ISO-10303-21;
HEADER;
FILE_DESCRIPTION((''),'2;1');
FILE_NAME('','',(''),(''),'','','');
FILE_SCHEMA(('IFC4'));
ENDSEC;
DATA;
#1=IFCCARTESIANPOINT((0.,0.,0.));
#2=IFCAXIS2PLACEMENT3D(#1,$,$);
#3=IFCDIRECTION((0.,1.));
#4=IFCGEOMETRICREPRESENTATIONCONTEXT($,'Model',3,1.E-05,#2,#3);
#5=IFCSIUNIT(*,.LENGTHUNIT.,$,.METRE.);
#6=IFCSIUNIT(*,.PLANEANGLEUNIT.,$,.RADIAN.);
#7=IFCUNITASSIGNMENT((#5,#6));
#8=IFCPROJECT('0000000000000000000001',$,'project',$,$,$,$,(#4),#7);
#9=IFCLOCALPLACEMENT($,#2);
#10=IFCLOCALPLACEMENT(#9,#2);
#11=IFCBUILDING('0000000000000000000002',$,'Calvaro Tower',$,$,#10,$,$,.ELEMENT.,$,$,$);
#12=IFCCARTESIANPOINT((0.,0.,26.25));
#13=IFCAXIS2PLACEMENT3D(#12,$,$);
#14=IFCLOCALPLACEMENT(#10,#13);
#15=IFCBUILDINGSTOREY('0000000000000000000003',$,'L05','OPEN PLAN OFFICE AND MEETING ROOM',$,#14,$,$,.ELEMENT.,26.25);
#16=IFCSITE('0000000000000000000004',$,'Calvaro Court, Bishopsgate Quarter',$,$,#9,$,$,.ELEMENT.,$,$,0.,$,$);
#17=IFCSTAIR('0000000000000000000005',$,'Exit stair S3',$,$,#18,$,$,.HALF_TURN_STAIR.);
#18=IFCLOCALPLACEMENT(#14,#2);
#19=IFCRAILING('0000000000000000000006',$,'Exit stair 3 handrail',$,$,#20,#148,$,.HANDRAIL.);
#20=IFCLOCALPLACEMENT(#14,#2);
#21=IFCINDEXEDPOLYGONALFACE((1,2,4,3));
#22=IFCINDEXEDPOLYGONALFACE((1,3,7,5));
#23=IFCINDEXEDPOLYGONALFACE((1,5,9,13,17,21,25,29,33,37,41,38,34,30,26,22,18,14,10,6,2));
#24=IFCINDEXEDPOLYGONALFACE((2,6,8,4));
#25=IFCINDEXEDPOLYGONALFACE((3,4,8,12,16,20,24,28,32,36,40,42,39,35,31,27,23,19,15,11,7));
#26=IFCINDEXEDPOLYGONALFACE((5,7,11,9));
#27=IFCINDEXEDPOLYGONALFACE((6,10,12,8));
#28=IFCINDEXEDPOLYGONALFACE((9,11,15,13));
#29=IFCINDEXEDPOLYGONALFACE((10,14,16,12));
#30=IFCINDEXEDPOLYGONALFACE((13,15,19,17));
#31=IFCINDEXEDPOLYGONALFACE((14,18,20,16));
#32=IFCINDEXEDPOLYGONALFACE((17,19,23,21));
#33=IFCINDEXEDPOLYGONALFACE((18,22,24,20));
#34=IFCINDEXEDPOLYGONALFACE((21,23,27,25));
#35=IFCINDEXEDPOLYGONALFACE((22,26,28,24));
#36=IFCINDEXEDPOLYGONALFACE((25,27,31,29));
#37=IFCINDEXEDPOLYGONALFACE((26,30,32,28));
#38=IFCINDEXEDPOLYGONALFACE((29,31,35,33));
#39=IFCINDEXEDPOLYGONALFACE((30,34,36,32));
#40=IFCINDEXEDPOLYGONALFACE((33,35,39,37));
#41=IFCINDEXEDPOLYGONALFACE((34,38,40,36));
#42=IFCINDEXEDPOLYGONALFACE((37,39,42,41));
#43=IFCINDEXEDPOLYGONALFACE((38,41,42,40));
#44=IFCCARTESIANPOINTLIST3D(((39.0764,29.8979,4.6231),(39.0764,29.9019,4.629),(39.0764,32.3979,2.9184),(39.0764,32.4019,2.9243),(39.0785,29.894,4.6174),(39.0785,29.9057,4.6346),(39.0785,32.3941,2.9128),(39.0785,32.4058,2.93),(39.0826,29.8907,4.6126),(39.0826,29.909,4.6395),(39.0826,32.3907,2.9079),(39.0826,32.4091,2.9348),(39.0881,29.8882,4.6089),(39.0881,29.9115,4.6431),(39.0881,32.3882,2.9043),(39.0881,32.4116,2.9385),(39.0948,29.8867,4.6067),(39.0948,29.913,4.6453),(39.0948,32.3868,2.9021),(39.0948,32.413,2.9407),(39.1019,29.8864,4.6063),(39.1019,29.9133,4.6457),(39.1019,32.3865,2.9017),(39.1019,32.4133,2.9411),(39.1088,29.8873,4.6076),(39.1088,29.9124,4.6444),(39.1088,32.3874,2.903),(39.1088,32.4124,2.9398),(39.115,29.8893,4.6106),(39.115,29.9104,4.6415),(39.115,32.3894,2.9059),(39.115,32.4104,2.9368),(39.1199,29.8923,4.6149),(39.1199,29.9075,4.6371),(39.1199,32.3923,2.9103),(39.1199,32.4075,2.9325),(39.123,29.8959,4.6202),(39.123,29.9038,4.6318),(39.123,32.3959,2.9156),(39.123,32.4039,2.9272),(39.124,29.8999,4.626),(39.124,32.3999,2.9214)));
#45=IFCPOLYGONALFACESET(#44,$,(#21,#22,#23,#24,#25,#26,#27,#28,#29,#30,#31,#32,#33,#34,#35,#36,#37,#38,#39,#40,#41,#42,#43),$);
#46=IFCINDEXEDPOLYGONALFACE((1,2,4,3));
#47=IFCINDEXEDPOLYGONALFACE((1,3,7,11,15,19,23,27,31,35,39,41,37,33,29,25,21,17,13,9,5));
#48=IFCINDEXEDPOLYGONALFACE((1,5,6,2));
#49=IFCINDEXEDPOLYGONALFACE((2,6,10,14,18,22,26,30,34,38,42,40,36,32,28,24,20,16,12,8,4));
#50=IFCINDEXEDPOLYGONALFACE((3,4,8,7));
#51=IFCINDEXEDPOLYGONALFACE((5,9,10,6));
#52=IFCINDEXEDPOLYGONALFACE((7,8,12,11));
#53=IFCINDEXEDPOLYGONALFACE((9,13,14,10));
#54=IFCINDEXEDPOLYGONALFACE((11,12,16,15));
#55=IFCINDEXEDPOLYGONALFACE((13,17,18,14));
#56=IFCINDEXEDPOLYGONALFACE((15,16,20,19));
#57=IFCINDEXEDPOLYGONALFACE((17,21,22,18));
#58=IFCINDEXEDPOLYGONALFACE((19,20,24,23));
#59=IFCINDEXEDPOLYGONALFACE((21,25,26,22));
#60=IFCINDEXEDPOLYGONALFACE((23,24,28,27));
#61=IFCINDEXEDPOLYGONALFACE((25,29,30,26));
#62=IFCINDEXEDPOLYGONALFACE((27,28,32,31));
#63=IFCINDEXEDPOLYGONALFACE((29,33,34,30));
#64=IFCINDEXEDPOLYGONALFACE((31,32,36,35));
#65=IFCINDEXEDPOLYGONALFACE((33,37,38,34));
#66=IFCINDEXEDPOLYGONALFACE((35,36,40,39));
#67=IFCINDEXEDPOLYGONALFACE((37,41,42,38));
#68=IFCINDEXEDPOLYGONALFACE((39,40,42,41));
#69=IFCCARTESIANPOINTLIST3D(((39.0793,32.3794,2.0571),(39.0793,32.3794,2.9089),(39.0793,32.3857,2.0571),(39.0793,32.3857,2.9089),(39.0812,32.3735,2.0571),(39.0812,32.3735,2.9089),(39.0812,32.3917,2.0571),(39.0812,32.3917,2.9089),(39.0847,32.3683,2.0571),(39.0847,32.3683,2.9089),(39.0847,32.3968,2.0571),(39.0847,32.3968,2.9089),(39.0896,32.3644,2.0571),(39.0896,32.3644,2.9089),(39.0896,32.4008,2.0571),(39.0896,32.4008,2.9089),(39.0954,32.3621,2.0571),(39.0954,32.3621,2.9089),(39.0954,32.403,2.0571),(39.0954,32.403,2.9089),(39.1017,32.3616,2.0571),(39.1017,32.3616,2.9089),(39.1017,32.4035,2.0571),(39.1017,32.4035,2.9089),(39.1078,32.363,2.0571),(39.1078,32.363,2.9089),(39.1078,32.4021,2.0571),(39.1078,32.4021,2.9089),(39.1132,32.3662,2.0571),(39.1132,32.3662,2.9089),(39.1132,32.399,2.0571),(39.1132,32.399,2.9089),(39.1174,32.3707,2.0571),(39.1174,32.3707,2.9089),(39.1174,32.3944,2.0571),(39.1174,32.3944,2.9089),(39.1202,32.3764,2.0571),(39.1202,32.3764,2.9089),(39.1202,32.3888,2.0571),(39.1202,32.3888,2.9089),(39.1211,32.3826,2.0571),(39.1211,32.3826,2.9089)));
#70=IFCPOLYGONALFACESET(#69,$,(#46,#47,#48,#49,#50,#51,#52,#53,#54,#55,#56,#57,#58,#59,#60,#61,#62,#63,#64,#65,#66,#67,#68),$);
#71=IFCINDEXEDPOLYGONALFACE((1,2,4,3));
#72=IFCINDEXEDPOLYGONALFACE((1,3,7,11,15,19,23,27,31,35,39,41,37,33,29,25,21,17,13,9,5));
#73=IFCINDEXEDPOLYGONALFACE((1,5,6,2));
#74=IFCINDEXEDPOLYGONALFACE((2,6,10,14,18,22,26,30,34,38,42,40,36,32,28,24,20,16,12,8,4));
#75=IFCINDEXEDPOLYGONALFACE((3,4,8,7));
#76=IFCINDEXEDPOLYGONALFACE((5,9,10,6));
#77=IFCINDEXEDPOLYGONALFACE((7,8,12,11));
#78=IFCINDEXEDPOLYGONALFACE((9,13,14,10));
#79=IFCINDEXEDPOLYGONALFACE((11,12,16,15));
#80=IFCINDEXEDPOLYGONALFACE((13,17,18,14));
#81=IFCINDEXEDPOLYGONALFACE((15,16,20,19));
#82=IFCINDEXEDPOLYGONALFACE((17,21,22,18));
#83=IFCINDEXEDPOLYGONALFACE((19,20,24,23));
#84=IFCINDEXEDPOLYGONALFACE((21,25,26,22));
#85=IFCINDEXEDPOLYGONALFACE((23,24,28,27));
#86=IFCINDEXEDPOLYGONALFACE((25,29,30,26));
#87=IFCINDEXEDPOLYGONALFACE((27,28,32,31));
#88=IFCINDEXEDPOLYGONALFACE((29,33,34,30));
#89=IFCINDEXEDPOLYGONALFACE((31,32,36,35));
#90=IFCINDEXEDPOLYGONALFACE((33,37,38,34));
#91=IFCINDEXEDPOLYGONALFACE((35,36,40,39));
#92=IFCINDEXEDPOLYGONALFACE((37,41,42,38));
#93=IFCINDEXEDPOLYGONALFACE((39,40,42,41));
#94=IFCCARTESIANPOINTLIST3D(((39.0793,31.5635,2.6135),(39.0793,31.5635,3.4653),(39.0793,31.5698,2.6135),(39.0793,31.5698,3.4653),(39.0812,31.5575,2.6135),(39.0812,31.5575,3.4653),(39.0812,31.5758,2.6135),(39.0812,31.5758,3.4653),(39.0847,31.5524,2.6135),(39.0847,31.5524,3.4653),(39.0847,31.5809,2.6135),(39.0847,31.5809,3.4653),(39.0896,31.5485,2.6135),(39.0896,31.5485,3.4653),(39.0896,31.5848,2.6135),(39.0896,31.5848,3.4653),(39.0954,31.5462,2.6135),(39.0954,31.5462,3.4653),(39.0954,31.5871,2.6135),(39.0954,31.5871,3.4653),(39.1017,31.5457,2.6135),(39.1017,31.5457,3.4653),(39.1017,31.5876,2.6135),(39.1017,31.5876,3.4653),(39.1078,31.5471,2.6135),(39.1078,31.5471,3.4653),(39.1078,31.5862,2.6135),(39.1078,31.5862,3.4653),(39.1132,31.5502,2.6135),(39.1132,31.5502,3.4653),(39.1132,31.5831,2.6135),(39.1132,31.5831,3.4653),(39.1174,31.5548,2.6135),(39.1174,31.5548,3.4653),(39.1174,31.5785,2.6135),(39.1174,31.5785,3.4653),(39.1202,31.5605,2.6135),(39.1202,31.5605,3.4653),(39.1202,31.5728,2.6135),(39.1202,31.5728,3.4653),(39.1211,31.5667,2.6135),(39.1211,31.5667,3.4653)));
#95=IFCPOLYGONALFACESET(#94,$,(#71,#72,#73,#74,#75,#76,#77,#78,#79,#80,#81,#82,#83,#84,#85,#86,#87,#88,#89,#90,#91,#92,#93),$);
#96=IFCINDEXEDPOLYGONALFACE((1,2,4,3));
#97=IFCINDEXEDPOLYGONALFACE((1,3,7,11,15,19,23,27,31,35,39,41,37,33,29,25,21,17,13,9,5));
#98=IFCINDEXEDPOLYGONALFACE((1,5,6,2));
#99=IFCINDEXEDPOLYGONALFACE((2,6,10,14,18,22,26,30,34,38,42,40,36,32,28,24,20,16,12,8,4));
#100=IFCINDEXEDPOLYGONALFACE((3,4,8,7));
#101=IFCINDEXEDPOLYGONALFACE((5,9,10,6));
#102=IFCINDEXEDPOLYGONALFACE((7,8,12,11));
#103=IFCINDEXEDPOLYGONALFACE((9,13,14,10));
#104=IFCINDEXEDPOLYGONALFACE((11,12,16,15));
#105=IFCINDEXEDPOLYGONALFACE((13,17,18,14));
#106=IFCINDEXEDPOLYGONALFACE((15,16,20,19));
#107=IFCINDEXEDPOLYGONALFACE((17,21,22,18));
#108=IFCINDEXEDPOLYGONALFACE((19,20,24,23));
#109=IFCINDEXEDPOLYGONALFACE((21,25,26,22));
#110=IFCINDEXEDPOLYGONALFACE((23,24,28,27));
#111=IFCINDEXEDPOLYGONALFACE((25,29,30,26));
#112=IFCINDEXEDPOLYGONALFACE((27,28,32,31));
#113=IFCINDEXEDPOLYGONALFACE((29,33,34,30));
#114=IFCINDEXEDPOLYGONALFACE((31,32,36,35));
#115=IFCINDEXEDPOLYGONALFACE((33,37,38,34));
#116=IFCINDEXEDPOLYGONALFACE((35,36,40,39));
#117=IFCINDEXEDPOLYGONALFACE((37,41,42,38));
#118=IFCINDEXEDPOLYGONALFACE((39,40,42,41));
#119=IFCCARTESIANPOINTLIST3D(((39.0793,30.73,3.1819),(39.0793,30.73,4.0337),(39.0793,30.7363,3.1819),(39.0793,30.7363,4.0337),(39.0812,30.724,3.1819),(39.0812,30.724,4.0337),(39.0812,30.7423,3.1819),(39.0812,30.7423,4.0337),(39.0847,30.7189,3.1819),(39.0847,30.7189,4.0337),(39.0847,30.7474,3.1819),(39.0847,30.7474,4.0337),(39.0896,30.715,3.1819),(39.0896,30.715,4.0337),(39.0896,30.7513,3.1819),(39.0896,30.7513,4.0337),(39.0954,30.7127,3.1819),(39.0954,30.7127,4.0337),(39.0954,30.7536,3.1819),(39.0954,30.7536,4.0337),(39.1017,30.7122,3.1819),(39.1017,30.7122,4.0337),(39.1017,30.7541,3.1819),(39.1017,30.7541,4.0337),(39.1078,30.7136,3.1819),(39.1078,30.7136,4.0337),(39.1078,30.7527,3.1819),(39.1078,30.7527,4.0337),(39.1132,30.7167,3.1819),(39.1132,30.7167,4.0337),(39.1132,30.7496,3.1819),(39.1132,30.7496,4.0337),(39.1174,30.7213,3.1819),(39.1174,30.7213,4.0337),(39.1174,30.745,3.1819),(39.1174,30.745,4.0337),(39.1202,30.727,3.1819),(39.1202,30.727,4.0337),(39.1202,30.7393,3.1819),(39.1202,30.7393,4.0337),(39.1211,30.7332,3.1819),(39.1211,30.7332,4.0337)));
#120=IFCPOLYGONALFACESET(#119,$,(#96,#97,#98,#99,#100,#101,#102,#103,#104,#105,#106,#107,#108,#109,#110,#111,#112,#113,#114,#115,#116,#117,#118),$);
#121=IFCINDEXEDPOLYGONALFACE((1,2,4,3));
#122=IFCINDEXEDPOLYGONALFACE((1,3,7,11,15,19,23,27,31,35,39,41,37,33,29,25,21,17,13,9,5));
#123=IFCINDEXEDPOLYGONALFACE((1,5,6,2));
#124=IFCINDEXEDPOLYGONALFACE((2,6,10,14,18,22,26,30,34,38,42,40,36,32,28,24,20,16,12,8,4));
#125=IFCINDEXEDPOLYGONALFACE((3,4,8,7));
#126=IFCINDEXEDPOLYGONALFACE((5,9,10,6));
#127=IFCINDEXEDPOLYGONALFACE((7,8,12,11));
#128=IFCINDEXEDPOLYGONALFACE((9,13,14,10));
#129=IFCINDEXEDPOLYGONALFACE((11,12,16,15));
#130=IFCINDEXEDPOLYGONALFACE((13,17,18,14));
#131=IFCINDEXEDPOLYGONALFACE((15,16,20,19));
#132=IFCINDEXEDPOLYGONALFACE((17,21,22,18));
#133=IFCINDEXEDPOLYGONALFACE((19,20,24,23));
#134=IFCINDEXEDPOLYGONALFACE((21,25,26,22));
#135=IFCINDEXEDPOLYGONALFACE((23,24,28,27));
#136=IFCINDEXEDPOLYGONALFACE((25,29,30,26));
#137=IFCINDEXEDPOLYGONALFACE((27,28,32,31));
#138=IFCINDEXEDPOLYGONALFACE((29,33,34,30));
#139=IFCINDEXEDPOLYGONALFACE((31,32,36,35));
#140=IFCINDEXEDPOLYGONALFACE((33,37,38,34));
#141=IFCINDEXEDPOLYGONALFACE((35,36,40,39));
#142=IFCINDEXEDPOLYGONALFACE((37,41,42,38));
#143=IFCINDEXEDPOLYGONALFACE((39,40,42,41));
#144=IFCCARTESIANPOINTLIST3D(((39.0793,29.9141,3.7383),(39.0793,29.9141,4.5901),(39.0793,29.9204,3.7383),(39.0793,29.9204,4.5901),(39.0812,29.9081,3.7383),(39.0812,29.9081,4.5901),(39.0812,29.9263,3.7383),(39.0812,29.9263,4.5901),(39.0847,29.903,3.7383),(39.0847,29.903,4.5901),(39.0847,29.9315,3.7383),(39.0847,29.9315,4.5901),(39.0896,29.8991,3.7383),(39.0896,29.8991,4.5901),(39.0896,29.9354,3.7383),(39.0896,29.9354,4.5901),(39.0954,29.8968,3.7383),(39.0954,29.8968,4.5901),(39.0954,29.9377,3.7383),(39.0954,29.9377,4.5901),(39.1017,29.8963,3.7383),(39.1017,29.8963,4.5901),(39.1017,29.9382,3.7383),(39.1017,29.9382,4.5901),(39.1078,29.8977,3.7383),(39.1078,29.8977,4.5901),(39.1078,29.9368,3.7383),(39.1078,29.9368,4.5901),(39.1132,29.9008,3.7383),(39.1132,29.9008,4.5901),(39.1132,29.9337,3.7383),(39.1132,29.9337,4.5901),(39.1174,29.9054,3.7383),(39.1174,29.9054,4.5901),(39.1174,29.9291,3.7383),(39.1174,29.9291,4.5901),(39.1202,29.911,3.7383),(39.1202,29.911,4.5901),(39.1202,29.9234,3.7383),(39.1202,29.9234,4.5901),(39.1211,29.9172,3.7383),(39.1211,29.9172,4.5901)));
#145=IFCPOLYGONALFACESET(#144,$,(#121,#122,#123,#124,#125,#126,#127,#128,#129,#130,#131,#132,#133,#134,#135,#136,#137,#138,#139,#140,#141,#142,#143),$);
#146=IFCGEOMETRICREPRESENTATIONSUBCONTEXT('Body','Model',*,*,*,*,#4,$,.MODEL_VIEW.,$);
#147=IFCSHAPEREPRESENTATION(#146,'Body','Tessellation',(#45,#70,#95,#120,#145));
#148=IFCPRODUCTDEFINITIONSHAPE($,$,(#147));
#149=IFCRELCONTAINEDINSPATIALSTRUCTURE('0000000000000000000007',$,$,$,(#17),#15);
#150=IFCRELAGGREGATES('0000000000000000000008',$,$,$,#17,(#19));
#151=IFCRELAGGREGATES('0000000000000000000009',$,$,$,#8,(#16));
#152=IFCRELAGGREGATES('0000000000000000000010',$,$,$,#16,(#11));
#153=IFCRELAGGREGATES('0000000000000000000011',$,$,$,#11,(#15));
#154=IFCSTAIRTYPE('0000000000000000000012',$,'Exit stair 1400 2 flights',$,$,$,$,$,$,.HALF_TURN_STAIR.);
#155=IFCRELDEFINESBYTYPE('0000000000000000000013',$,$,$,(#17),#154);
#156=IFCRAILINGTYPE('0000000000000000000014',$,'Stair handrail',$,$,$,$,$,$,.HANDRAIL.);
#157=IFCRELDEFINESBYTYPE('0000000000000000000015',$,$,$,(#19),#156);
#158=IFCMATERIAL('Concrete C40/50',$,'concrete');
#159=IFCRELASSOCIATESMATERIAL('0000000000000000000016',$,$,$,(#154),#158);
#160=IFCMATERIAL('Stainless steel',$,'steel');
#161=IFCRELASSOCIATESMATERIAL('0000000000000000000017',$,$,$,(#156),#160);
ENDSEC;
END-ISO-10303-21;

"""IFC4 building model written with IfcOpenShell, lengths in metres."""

from ifc_helpers import new_model, si_unit, direction, frame, origin, origin_2d, place, context, subcontext, project, spatial, circle, extrude, material, type_object, element, aggregate, save


model = new_model("IFC4")

# Units and contexts
model_context = context("Model", 3, precision=1e-05, world=origin(), true_north=direction((0.0, 1.0)))
body_context = subcontext(model_context, "Body", "Model", "MODEL_VIEW")
ifc_project = project(units=[si_unit("LENGTHUNIT", "METRE"), si_unit("PLANEANGLEUNIT", "RADIAN")], contexts=[model_context])

# Site, building, storey
site_placement = place(None, origin())
site = spatial("IfcSite", under=ifc_project, at=site_placement, Name="Calvaro Court, Bishopsgate Quarter", CompositionType="ELEMENT", RefElevation=0.0)
building_placement = place(site_placement, origin())
building = spatial("IfcBuilding", under=site, at=building_placement, Name="Calvaro Tower", CompositionType="ELEMENT")
storey_placement = place(building_placement, frame((0.0, 0.0, 26.25)))
storey = spatial("IfcBuildingStorey", under=building, at=storey_placement, Name="L05", Description="OPEN PLAN OFFICE AND MEETING ROOM", CompositionType="ELEMENT", Elevation=26.25)

# Stair
ifc_material_1 = material(Name="Concrete C40/50", Category="concrete")
stair_type = type_object("IfcStairType", Name="Exit stair 1400 2 flights", PredefinedType="HALF_TURN_STAIR", material=ifc_material_1)
stair_1_placement = place(storey_placement, origin())
stair_1 = element("IfcStair", 1, at=stair_1_placement, inside=storey, type_object=stair_type, Name="Exit stair S3", PredefinedType="HALF_TURN_STAIR")

# Railing
ifc_material_2 = material(Name="Stainless steel", Category="steel")
railing_type = type_object("IfcRailingType", Name="Stair handrail", PredefinedType="HANDRAIL", material=ifc_material_2)
railing_1_placement = place(storey_placement, frame((39.1001, 32.3999, 2.0454)))
railing_1 = element("IfcRailing", 2, at=railing_1_placement, type_object=railing_type, Name="Exit stair 3 handrail", PredefinedType="HANDRAIL", context=body_context, shape_type="SweptSolid", body=[
    extrude(circle(Radius=0.0239, at=origin_2d()), frame((0.0, 0.0, 0.876), z_axis=(0.0, -0.826221, 0.563347), x_axis=(1.0, 0.0, 0.0)), (0.0, 0.0, 1.0), 3.0259),
    extrude(circle(Radius=0.021, at=origin_2d()), frame((0.0, -0.0173, 0.0117)), (0.0, 0.0, 1.0), 0.8518),
    extrude(circle(Radius=0.021, at=origin_2d()), frame((0.0, -0.8333, 0.5681)), (0.0, 0.0, 1.0), 0.8518),
    extrude(circle(Radius=0.021, at=origin_2d()), frame((0.0, -1.6667, 1.1365)), (0.0, 0.0, 1.0), 0.8518),
    extrude(circle(Radius=0.021, at=origin_2d()), frame((0.0, -2.4827, 1.6929)), (0.0, 0.0, 1.0), 0.8518),
])
aggregate(stair_1, [railing_1])

save(model, "model.ifc")
